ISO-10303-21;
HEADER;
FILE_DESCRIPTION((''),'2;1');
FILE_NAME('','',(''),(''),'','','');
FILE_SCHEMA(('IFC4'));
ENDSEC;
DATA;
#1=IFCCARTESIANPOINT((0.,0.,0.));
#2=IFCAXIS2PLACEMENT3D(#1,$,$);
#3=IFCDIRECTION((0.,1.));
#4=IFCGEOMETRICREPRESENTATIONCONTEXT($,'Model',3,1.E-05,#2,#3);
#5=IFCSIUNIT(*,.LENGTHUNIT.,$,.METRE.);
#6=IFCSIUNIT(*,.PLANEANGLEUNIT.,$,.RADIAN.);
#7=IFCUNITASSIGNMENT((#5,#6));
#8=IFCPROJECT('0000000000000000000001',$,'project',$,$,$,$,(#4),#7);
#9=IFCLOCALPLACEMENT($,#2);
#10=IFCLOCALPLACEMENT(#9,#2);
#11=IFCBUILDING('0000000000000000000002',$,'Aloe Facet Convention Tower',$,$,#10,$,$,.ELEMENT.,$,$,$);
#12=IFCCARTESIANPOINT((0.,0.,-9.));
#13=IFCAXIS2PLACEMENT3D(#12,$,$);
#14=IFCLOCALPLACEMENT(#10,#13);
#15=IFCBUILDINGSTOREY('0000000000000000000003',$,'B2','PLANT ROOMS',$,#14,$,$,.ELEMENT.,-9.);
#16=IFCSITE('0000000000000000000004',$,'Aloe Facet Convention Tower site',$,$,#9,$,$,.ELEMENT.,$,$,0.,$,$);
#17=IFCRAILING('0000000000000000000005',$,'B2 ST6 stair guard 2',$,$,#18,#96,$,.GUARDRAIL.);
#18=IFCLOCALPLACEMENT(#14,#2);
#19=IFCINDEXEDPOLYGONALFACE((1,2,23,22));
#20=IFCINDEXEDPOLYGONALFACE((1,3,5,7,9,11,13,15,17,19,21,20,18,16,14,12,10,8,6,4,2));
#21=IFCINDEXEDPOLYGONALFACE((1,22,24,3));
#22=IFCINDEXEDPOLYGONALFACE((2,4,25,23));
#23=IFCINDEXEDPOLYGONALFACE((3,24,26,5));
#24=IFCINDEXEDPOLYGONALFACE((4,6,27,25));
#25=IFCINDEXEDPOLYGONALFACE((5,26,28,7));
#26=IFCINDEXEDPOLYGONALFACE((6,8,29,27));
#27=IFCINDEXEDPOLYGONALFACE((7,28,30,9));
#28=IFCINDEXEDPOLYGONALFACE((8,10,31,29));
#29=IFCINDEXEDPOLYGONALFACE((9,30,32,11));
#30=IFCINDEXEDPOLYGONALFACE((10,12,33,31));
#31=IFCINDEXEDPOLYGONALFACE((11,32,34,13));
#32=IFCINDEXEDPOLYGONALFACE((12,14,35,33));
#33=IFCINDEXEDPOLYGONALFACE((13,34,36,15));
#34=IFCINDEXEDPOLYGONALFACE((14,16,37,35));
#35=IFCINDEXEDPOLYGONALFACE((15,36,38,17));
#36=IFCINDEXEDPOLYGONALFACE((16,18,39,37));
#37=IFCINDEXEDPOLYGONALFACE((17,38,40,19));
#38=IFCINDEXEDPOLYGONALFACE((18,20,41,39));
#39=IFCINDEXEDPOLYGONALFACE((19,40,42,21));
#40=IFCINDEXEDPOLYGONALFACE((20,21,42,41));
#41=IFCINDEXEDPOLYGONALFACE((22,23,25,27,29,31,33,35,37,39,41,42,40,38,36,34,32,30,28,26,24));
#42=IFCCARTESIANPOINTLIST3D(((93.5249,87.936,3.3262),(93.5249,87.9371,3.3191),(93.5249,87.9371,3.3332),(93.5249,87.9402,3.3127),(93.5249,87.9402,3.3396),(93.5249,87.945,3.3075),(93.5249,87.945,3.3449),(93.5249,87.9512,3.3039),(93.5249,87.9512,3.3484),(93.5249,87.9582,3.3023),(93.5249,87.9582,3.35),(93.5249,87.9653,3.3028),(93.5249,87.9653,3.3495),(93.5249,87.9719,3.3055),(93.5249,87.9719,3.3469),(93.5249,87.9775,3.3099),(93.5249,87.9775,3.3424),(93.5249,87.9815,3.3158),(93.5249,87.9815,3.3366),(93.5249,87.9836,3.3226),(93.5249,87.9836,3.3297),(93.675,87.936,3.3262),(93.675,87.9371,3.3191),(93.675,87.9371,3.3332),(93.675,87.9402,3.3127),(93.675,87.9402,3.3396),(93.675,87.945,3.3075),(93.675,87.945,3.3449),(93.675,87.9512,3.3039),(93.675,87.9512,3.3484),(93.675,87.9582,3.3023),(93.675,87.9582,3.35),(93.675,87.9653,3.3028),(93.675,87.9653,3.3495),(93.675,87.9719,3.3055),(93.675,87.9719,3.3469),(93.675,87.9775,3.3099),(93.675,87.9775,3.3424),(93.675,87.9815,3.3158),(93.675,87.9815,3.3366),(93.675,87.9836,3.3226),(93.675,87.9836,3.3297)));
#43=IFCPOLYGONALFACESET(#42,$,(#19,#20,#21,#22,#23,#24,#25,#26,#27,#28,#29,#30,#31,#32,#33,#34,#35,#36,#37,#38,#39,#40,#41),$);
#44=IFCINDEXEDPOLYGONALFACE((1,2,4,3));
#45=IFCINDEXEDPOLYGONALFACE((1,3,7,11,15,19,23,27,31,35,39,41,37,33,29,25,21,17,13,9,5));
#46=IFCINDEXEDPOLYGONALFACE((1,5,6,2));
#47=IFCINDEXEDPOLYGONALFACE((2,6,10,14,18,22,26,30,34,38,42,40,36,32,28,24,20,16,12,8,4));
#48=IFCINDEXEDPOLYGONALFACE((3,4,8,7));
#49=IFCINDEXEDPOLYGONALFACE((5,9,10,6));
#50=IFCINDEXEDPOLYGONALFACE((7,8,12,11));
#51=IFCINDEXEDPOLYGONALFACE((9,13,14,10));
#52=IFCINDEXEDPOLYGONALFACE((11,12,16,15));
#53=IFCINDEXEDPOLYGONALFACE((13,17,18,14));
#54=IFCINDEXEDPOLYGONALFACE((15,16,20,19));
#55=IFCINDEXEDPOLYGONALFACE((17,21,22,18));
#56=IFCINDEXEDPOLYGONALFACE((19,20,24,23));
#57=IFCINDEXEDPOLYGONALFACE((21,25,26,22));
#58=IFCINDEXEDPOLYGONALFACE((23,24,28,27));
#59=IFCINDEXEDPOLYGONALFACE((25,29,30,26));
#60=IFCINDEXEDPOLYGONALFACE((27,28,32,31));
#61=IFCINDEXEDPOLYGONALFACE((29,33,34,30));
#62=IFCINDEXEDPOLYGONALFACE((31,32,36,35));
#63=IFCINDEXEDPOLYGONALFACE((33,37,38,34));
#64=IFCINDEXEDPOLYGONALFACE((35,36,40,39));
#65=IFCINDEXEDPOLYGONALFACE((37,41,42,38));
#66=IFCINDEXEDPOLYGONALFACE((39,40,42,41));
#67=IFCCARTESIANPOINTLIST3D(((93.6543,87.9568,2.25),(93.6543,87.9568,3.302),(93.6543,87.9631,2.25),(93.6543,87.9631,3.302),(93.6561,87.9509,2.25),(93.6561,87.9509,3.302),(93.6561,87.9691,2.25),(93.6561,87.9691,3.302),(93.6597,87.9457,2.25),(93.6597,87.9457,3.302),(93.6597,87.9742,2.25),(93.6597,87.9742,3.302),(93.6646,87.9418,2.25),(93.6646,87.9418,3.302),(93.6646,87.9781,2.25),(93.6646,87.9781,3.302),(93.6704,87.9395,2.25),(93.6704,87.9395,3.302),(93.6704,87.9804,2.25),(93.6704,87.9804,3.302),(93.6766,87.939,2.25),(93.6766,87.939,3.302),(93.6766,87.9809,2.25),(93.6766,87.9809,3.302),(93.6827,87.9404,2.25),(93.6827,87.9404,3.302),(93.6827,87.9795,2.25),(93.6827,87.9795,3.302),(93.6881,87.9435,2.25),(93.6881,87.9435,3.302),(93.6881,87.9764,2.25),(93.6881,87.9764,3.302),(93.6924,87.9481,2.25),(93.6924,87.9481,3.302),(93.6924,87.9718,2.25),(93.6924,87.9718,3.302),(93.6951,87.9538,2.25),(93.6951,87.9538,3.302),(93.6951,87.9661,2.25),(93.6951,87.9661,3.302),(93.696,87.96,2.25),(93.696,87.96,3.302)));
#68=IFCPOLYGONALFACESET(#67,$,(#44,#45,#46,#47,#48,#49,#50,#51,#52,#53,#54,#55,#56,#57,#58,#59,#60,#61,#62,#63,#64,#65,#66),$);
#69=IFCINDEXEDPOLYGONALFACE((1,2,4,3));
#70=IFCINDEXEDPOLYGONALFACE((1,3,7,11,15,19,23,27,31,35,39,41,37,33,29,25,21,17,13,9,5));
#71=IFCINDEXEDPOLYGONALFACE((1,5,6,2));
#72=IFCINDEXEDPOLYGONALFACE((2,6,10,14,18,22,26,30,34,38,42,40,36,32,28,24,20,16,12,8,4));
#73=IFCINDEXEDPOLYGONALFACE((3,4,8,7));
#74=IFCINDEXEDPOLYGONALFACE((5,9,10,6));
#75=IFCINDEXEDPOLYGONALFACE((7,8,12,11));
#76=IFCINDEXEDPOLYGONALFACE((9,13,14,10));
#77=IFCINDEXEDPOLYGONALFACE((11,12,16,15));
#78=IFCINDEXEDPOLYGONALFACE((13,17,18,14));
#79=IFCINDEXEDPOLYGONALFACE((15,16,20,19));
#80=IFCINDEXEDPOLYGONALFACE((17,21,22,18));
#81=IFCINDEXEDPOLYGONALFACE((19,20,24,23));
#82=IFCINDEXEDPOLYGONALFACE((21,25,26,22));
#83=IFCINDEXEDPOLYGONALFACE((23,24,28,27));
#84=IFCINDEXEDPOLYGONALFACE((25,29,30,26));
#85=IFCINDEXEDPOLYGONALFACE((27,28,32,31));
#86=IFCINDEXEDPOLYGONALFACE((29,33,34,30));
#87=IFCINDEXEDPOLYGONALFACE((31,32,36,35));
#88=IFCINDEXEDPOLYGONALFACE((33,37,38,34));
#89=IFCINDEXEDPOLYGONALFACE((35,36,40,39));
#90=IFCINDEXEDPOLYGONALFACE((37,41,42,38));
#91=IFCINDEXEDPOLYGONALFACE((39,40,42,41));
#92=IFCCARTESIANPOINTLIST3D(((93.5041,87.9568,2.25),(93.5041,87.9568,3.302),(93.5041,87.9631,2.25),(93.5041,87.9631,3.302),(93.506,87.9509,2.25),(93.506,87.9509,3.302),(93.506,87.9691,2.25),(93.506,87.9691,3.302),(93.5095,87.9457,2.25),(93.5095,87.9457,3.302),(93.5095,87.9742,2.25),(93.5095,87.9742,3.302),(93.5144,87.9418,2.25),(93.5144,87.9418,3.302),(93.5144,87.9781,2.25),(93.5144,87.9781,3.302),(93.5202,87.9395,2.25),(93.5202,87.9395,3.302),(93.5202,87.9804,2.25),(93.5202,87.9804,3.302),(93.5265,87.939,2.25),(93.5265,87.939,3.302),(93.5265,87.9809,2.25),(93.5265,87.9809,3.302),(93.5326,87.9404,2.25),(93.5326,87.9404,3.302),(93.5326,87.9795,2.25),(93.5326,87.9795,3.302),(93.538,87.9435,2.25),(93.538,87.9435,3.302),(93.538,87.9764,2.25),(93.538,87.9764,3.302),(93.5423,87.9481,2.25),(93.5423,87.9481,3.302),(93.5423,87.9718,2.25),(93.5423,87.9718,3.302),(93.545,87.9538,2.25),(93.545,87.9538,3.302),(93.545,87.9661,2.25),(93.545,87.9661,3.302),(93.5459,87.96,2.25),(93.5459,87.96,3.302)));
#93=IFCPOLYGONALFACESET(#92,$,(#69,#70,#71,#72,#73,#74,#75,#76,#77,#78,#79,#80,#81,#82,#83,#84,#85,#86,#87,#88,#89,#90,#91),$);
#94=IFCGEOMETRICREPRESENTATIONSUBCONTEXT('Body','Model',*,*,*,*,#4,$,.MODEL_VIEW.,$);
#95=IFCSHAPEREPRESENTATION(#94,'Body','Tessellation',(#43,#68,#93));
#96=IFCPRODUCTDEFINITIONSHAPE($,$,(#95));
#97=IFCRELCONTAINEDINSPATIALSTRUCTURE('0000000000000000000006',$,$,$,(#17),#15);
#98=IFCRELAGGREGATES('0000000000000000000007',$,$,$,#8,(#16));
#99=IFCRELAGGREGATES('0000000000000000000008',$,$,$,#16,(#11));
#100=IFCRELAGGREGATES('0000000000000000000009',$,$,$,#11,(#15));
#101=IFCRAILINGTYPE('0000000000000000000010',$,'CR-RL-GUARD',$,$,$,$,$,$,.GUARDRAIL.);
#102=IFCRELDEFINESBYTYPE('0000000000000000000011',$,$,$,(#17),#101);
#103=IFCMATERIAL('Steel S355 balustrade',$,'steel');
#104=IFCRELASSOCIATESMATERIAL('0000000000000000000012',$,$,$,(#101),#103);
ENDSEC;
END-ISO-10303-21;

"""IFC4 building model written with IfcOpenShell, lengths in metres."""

from ifc_helpers import new_model, si_unit, direction, frame, origin, origin_2d, place, context, subcontext, project, spatial, circle, extrude, material, type_object, element, save


model = new_model("IFC4")

# Units and contexts
model_context = context("Model", 3, precision=1e-05, world=origin(), true_north=direction((0.0, 1.0)))
body_context = subcontext(model_context, "Body", "Model", "MODEL_VIEW")
ifc_project = project(units=[si_unit("LENGTHUNIT", "METRE"), si_unit("PLANEANGLEUNIT", "RADIAN")], contexts=[model_context])

# Site, building, storey
site_placement = place(None, origin())
site = spatial("IfcSite", under=ifc_project, at=site_placement, Name="Aloe Facet Convention Tower site", CompositionType="ELEMENT", RefElevation=0.0)
building_placement = place(site_placement, origin())
building = spatial("IfcBuilding", under=site, at=building_placement, Name="Aloe Facet Convention Tower", CompositionType="ELEMENT")
storey_placement = place(building_placement, frame((0.0, 0.0, -9.0)))
storey = spatial("IfcBuildingStorey", under=building, at=storey_placement, Name="B2", Description="PLANT ROOMS", CompositionType="ELEMENT", Elevation=-9.0)

# Railing
ifc_material_1 = material(Name="Steel S355 balustrade", Category="steel")
railing_type_1 = type_object("IfcRailingType", Name="CR-RL-GUARD", PredefinedType="GUARDRAIL", material=ifc_material_1)
railing_1_placement = place(storey_placement, frame((93.675, 87.96, 2.25)))
element("IfcRailing", 1, at=railing_1_placement, inside=storey, type_object=railing_type_1, Name="B2 ST6 stair guard 2", PredefinedType="GUARDRAIL", context=body_context, shape_type="SweptSolid", body=[
    extrude(circle(Radius=0.0239, at=origin_2d()), frame((0.0, 0.0, 1.0762), z_axis=(-1.0, 0.0, 0.0), x_axis=(0.0, -1.0, 0.0)), (0.0, 0.0, 1.0), 0.1501),
    extrude(circle(Radius=0.021, at=origin_2d()), origin(), (0.0, 0.0, 1.0), 1.052),
    extrude(circle(Radius=0.021, at=origin_2d()), frame((-0.1501, 0.0, 0.0)), (0.0, 0.0, 1.0), 1.052),
])

save(model, "model.ifc")
